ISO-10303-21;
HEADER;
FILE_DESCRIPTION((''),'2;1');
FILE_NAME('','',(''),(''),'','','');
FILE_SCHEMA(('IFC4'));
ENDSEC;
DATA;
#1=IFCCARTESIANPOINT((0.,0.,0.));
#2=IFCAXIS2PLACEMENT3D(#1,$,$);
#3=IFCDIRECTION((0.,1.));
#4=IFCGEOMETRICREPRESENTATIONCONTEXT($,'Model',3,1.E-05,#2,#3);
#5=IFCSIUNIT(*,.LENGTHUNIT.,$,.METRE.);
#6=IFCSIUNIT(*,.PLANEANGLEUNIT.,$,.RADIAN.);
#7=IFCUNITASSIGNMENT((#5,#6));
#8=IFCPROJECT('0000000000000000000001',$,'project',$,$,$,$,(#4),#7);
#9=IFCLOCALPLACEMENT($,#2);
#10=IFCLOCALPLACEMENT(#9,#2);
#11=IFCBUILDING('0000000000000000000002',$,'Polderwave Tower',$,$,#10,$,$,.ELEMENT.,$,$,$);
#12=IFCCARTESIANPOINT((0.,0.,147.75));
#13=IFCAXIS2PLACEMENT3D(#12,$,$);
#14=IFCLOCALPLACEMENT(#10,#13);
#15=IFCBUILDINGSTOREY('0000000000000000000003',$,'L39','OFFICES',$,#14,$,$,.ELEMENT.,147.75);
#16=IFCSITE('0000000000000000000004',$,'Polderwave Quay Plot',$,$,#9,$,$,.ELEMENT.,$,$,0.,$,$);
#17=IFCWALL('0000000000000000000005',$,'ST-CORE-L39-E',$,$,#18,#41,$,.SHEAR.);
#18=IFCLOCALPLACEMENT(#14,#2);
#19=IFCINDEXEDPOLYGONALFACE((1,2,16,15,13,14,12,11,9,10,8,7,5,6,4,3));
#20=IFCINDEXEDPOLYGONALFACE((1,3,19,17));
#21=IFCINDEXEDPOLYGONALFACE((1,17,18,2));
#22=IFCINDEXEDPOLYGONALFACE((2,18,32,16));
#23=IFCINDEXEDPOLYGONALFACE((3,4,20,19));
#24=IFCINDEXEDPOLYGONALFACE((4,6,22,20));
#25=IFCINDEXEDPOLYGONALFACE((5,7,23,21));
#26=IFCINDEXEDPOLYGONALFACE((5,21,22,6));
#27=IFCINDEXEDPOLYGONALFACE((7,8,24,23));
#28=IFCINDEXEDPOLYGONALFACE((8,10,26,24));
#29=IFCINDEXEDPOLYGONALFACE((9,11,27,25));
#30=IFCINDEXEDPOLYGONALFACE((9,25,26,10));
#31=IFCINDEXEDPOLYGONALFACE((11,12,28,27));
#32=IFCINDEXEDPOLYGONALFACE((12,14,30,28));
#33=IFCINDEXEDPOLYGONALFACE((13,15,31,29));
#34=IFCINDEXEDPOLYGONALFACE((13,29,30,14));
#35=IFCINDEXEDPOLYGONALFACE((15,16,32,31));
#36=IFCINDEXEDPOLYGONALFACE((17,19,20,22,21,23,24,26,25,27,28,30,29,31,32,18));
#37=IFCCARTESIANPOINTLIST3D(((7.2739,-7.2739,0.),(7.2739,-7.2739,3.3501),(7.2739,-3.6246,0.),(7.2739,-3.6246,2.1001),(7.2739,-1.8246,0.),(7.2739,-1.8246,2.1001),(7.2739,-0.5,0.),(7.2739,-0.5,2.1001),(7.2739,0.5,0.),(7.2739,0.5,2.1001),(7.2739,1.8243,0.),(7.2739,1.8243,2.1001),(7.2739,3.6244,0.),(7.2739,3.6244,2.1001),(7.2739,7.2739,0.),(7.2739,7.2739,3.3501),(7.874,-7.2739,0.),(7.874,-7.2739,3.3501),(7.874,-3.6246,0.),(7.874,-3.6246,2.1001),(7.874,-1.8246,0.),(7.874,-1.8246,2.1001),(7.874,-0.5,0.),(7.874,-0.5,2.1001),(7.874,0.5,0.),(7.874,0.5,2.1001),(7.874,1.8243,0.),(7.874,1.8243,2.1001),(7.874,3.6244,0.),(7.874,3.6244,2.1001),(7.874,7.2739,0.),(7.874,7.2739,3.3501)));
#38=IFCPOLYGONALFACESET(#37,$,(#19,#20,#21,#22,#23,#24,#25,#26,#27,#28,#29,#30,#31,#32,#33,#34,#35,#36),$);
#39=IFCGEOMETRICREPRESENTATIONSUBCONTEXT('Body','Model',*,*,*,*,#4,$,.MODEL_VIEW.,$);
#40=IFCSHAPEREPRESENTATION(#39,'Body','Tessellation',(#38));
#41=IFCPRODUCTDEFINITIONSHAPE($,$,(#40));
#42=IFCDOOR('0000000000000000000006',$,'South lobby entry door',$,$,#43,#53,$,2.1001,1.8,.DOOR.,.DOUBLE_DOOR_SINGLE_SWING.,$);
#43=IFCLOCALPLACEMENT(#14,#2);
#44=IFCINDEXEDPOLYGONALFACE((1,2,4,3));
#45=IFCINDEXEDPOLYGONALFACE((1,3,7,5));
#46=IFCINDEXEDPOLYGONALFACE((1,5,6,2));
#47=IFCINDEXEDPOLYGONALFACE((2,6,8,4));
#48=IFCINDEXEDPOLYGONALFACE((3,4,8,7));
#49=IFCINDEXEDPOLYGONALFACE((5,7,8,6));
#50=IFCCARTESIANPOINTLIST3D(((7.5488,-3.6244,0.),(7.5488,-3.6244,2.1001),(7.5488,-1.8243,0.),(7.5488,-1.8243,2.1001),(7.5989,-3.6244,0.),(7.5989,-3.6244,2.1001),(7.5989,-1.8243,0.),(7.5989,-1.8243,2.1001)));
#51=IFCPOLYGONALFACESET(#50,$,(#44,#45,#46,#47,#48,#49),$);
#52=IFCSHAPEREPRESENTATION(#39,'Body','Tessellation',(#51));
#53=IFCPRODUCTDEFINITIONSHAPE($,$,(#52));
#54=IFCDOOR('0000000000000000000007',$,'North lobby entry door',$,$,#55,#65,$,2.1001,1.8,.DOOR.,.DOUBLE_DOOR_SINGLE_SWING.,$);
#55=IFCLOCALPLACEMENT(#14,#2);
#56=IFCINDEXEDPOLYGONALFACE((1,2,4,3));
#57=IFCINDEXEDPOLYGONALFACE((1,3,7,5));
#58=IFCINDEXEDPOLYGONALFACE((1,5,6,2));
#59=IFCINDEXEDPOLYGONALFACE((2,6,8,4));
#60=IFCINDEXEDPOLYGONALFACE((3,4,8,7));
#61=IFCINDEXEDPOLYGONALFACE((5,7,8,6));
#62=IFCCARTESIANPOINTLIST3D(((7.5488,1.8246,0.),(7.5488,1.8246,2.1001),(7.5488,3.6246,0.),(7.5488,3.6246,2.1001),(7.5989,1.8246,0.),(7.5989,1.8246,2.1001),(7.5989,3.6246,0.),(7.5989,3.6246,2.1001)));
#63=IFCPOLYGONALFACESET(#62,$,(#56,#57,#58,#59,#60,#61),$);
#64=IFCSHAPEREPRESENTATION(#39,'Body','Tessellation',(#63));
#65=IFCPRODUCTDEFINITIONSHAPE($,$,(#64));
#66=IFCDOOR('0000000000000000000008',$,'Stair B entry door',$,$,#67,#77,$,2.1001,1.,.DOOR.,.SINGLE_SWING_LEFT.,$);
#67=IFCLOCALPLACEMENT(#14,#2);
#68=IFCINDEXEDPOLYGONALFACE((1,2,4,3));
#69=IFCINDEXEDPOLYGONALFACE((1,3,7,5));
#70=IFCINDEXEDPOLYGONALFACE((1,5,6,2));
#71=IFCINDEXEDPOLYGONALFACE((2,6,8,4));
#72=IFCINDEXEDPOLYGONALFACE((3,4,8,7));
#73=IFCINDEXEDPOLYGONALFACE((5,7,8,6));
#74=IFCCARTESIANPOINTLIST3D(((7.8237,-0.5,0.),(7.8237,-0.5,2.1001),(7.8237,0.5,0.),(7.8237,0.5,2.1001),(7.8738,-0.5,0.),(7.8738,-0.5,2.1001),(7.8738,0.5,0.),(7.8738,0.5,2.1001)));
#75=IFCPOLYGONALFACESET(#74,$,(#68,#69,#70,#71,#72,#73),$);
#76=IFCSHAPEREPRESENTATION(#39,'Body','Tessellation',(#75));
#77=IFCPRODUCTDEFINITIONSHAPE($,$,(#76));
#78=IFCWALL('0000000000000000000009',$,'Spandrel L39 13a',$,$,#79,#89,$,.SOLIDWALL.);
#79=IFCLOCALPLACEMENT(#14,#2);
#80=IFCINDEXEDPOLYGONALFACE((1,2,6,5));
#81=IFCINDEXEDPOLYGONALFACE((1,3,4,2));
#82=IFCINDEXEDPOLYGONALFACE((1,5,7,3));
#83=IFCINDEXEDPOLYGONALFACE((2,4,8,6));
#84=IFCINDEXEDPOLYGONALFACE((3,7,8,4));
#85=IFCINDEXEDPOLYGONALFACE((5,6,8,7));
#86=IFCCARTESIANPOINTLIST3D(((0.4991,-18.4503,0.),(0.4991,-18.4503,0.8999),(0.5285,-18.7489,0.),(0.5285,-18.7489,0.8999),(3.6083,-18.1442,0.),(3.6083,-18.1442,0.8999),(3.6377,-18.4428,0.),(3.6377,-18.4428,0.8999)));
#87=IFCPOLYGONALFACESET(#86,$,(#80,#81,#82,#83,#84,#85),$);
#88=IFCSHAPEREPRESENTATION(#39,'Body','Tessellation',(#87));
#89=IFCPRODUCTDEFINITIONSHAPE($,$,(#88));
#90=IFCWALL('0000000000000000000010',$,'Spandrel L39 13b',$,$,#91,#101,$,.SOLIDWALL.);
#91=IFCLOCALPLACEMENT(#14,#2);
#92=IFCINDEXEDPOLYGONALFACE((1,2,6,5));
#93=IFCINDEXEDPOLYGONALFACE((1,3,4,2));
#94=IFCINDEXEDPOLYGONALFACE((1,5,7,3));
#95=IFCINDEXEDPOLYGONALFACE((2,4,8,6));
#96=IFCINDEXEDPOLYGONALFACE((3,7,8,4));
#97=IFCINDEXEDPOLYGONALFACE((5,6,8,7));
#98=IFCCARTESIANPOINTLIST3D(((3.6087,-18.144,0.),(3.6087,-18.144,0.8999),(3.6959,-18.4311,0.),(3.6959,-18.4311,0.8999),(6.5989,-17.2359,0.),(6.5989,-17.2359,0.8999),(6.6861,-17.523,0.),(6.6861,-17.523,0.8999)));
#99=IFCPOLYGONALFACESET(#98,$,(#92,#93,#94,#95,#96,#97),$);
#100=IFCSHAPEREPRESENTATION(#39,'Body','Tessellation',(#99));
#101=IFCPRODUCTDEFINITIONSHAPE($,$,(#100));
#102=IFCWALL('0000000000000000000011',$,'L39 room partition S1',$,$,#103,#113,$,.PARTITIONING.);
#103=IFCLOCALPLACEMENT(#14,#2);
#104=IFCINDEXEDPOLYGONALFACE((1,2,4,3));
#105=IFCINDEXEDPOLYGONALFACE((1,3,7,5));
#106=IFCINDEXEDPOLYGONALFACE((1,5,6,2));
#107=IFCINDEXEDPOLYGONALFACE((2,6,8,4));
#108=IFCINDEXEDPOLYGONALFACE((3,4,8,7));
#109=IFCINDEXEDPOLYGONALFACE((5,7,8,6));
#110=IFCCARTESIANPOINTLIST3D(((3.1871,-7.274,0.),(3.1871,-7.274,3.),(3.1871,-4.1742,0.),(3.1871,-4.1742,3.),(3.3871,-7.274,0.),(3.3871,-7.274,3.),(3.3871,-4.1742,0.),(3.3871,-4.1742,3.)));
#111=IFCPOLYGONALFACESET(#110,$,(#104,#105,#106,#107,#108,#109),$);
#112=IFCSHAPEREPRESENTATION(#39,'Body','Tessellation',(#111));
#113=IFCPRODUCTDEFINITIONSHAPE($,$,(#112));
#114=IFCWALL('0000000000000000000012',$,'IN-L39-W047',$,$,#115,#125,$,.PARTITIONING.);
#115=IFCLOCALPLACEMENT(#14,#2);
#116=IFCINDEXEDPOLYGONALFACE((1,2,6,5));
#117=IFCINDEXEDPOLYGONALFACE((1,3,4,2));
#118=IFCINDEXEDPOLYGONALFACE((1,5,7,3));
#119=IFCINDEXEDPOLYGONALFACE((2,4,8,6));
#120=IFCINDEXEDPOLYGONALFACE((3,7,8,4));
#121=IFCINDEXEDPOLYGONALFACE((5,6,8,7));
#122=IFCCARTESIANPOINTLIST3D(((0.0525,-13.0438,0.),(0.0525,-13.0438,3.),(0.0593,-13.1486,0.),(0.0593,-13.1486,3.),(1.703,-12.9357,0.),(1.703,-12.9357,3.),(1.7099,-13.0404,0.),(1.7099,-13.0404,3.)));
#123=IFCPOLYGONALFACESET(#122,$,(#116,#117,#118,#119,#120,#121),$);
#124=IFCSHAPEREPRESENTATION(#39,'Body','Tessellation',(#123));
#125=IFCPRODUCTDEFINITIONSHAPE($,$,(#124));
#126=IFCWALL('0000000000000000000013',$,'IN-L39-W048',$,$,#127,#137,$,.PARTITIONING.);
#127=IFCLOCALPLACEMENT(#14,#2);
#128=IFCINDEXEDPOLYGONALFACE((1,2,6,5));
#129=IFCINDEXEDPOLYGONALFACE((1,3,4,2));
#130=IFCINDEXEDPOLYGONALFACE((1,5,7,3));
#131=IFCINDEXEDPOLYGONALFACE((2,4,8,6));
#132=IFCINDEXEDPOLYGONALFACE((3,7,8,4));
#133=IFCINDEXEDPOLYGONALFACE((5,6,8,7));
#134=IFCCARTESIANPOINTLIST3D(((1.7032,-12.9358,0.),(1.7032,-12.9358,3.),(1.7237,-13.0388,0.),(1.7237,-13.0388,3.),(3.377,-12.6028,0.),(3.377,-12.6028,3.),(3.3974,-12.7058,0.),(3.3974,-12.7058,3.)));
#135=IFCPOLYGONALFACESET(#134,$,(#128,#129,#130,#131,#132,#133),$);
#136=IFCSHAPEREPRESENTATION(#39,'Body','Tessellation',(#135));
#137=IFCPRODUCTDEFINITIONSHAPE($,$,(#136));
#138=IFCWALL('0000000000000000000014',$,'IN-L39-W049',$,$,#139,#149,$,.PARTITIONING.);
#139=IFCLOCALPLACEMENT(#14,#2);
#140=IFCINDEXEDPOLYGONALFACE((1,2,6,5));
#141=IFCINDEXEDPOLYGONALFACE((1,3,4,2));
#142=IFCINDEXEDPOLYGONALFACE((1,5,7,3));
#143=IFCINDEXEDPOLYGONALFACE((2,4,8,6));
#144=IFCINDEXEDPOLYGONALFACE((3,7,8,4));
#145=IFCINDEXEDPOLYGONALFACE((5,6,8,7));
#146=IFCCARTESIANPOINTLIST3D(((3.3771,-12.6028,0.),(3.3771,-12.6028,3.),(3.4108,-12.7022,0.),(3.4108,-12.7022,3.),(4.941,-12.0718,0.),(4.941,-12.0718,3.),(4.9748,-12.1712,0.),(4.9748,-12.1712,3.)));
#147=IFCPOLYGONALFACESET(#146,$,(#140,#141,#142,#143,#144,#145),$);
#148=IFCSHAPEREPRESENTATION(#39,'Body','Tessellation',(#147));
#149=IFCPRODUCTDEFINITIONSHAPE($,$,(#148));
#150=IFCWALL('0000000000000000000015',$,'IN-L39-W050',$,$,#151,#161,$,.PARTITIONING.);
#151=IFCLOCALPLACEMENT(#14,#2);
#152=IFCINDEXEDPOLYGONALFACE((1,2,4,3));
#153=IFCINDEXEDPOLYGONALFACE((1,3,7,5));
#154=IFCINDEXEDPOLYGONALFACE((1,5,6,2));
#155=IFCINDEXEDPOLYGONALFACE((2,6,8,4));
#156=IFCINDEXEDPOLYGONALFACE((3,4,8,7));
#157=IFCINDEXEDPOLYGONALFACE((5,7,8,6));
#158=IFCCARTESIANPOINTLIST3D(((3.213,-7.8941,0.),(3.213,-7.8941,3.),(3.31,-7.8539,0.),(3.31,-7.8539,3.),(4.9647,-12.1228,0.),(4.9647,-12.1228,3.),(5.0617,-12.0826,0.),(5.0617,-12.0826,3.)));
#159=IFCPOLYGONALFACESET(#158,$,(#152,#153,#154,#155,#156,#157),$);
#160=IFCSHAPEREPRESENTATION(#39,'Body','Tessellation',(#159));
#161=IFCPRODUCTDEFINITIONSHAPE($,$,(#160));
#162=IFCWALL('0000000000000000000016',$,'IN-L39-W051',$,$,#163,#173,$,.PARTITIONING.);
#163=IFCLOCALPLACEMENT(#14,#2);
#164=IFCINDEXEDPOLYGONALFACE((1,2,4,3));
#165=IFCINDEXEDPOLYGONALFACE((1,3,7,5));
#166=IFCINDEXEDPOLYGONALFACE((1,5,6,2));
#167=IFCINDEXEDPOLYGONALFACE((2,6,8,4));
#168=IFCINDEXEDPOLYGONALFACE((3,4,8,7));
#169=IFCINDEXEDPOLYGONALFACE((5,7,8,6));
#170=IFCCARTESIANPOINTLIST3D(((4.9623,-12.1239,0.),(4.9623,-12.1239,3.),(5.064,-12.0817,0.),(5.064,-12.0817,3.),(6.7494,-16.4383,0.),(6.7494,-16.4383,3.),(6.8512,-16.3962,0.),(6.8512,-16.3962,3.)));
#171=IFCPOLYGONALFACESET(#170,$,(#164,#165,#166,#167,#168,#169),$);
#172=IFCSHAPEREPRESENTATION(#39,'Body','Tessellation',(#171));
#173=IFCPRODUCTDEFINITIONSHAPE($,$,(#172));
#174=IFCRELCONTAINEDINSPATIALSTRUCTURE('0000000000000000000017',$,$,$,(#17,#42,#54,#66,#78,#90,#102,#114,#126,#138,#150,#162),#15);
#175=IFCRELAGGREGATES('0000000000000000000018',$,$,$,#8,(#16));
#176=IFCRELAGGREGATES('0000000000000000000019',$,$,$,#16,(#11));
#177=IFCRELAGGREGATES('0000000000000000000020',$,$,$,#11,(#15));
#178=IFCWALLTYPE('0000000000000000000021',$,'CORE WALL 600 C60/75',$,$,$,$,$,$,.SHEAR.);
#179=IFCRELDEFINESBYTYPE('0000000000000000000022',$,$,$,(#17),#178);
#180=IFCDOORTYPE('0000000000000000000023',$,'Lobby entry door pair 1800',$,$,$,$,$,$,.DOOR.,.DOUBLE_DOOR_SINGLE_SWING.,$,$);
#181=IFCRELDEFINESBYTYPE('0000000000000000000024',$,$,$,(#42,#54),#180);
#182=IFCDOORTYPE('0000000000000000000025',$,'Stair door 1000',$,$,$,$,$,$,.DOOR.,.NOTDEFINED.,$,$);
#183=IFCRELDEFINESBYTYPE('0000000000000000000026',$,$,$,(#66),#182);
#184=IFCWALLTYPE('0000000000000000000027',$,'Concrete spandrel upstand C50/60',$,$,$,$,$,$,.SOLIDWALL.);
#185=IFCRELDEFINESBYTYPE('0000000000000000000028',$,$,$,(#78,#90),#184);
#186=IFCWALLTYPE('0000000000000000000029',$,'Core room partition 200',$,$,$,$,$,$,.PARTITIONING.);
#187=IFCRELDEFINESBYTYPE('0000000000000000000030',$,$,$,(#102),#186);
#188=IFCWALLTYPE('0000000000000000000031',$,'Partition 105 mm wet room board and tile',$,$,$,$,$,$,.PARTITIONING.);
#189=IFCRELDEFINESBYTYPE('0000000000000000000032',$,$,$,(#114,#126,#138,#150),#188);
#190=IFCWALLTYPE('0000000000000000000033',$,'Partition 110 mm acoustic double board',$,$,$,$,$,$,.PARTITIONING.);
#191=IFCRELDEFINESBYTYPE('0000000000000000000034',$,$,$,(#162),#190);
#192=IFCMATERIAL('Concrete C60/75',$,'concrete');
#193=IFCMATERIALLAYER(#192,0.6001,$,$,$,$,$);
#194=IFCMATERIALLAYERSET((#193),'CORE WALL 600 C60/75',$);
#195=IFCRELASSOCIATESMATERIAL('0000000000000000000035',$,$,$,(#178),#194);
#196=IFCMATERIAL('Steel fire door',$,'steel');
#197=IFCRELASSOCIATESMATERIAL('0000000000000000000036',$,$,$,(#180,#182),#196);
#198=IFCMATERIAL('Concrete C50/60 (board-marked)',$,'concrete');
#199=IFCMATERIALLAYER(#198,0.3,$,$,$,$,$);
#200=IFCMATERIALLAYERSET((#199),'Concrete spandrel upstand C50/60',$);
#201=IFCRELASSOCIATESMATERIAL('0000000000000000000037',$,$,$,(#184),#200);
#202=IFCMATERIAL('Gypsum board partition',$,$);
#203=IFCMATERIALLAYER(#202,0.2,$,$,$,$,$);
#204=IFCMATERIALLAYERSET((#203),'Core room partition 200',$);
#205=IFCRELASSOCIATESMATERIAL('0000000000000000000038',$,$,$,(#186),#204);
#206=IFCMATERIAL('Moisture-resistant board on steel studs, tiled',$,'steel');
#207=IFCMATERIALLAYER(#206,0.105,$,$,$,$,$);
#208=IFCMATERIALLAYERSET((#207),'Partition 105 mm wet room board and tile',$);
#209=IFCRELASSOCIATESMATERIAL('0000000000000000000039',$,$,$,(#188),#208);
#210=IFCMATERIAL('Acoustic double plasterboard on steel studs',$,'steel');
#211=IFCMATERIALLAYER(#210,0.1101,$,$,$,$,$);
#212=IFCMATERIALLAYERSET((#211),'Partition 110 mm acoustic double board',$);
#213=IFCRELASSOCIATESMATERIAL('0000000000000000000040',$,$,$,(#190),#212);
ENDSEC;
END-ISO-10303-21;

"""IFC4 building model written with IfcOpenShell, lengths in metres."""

from ifc_helpers import new_model, si_unit, direction, frame, frame_2d, origin, place, context, subcontext, project, spatial, rectangle, extrude, material, layer, layer_set, type_object, element, fill, save


model = new_model("IFC4")

# Units and contexts
model_context = context("Model", 3, precision=1e-05, world=origin(), true_north=direction((0.0, 1.0)))
body_context = subcontext(model_context, "Body", "Model", "MODEL_VIEW")
ifc_project = project(units=[si_unit("LENGTHUNIT", "METRE"), si_unit("PLANEANGLEUNIT", "RADIAN")], contexts=[model_context])

# Site, building, storey
site_placement = place(None, origin())
site = spatial("IfcSite", under=ifc_project, at=site_placement, Name="Polderwave Quay Plot", CompositionType="ELEMENT", RefElevation=0.0)
building_placement = place(site_placement, origin())
building = spatial("IfcBuilding", under=site, at=building_placement, Name="Polderwave Tower", CompositionType="ELEMENT")
storey_placement = place(building_placement, frame((0.0, 0.0, 147.75)))
storey = spatial("IfcBuildingStorey", under=building, at=storey_placement, Name="L39", Description="OFFICES", CompositionType="ELEMENT", Elevation=147.75)

# Shared definitions
ifc_material_1 = material(Name="Concrete C60/75", Category="concrete")

# Wall, openings, doors
ifc_layer_1 = layer(ifc_material_1, 0.6001)
ifc_layer_set_1 = layer_set([ifc_layer_1], Name="CORE WALL 600 C60/75")
wall_type_1 = type_object("IfcWallType", Name="CORE WALL 600 C60/75", PredefinedType="SHEAR", material=ifc_layer_set_1)
wall_1_placement = place(storey_placement, frame((7.574, -7.2739, 0.0), z_axis=(0.0, 0.0, 1.0), x_axis=(0.0, 1.0, 0.0)))
wall_1 = element("IfcWall", 1, at=wall_1_placement, inside=storey, type_object=wall_type_1, Name="ST-CORE-L39-E", PredefinedType="SHEAR", context=body_context, shape_type="SweptSolid", body=[
    extrude(rectangle(XDim=14.5479, YDim=0.6001, at=frame_2d((7.2739, 0.0))), origin(), (0.0, 0.0, 1.0), 3.3501),
])
opening_1_placement = place(wall_1_placement, frame((6.7739, 0.0, 0.0)))
opening_1 = element("IfcOpeningElement", 2, at=opening_1_placement, cuts=wall_1, PredefinedType="OPENING", context=body_context, shape_type="SweptSolid", body=[
    extrude(rectangle(XDim=1.0, YDim=2.1001, at=frame_2d((0.5, 1.05))), frame((0.0, 0.3101, 0.0), z_axis=(0.0, -1.0, 0.0), x_axis=(1.0, 0.0, 0.0)), (0.0, 0.0, 1.0), 0.6201),
])
opening_2_placement = place(wall_1_placement, frame((3.6494, 0.0, 0.0)))
opening_2 = element("IfcOpeningElement", 3, at=opening_2_placement, cuts=wall_1, PredefinedType="OPENING", context=body_context, shape_type="SweptSolid", body=[
    extrude(rectangle(XDim=1.8, YDim=2.1001, at=frame_2d((0.8999, 1.05))), frame((0.0, 0.3101, 0.0), z_axis=(0.0, -1.0, 0.0), x_axis=(1.0, 0.0, 0.0)), (0.0, 0.0, 1.0), 0.6201),
])
opening_3_placement = place(wall_1_placement, frame((9.0984, 0.0, 0.0)))
opening_3 = element("IfcOpeningElement", 4, at=opening_3_placement, cuts=wall_1, PredefinedType="OPENING", context=body_context, shape_type="SweptSolid", body=[
    extrude(rectangle(XDim=1.8, YDim=2.1001, at=frame_2d((0.8999, 1.05))), frame((0.0, 0.3101, 0.0), z_axis=(0.0, -1.0, 0.0), x_axis=(1.0, 0.0, 0.0)), (0.0, 0.0, 1.0), 0.6201),
])
ifc_material_2 = material(Name="Steel fire door", Category="steel")
door_type_1 = type_object("IfcDoorType", Name="Lobby entry door pair 1800", OperationType="DOUBLE_DOOR_SINGLE_SWING", PredefinedType="DOOR", material=ifc_material_2)
door_1_placement = place(opening_2_placement, frame((1.8, 0.0, 0.0), z_axis=(0.0, 0.0, 1.0), x_axis=(-1.0, 0.0, 0.0)))
door_1 = element("IfcDoor", 5, at=door_1_placement, inside=storey, type_object=door_type_1, Name="South lobby entry door", OperationType="DOUBLE_DOOR_SINGLE_SWING", OverallHeight=2.1001, OverallWidth=1.8, PredefinedType="DOOR", context=body_context, shape_type="SweptSolid", body=[
    extrude(rectangle(XDim=1.8, YDim=2.1001, at=frame_2d((0.8999, 1.05))), frame((0.0, 0.0249, 0.0), z_axis=(0.0, -1.0, 0.0), x_axis=(1.0, 0.0, 0.0)), (0.0, 0.0, 1.0), 0.05),
])
fill(opening_2, door_1)
door_2_placement = place(opening_3_placement, frame((1.8, 0.0, 0.0), z_axis=(0.0, 0.0, 1.0), x_axis=(-1.0, 0.0, 0.0)))
door_2 = element("IfcDoor", 6, at=door_2_placement, inside=storey, type_object=door_type_1, Name="North lobby entry door", OperationType="DOUBLE_DOOR_SINGLE_SWING", OverallHeight=2.1001, OverallWidth=1.8, PredefinedType="DOOR", context=body_context, shape_type="SweptSolid", body=[
    extrude(rectangle(XDim=1.8, YDim=2.1001, at=frame_2d((0.8999, 1.05))), frame((0.0, 0.0249, 0.0), z_axis=(0.0, -1.0, 0.0), x_axis=(1.0, 0.0, 0.0)), (0.0, 0.0, 1.0), 0.05),
])
fill(opening_3, door_2)
door_type_2 = type_object("IfcDoorType", Name="Stair door 1000", OperationType="NOTDEFINED", PredefinedType="DOOR", material=ifc_material_2)
door_3_placement = place(opening_1_placement, frame((1.0, 0.0, 0.0), z_axis=(0.0, 0.0, 1.0), x_axis=(-1.0, 0.0, 0.0)))
door_3 = element("IfcDoor", 7, at=door_3_placement, inside=storey, type_object=door_type_2, Name="Stair B entry door", OperationType="SINGLE_SWING_LEFT", OverallHeight=2.1001, OverallWidth=1.0, PredefinedType="DOOR", context=body_context, shape_type="SweptSolid", body=[
    extrude(rectangle(XDim=1.0, YDim=2.1001, at=frame_2d((0.5, 1.05))), frame((0.0, 0.2998, 0.0), z_axis=(0.0, -1.0, 0.0), x_axis=(1.0, 0.0, 0.0)), (0.0, 0.0, 1.0), 0.05),
])
fill(opening_1, door_3)

# Walls
ifc_material_3 = material(Name="Concrete C50/60 (board-marked)", Category="concrete")
ifc_layer_2 = layer(ifc_material_3, 0.3)
ifc_layer_set_2 = layer_set([ifc_layer_2], Name="Concrete spandrel upstand C50/60")
wall_type_2 = type_object("IfcWallType", Name="Concrete spandrel upstand C50/60", PredefinedType="SOLIDWALL", material=ifc_layer_set_2)
wall_2_placement = place(storey_placement, frame((0.5139, -18.5996, 0.0), z_axis=(0.0, 0.0, 1.0), x_axis=(0.995187, 0.097995, 0.0)))
element("IfcWall", 8, at=wall_2_placement, inside=storey, type_object=wall_type_2, Name="Spandrel L39 13a", PredefinedType="SOLIDWALL", context=body_context, shape_type="SweptSolid", body=[
    extrude(rectangle(XDim=3.1243, YDim=0.3, at=frame_2d((1.562, 0.0))), origin(), (0.0, 0.0, 1.0), 0.8999),
])
wall_3_placement = place(storey_placement, frame((3.6523, -18.2876, 0.0), z_axis=(0.0, 0.0, 1.0), x_axis=(0.95684, 0.290614, 0.0)))
element("IfcWall", 9, at=wall_3_placement, inside=storey, type_object=wall_type_2, Name="Spandrel L39 13b", PredefinedType="SOLIDWALL", context=body_context, shape_type="SweptSolid", body=[
    extrude(rectangle(XDim=3.125, YDim=0.3, at=frame_2d((1.5625, 0.0))), origin(), (0.0, 0.0, 1.0), 0.8999),
])
ifc_material_4 = material(Name="Gypsum board partition")
ifc_layer_3 = layer(ifc_material_4, 0.2)
ifc_layer_set_3 = layer_set([ifc_layer_3], Name="Core room partition 200")
wall_type_3 = type_object("IfcWallType", Name="Core room partition 200", PredefinedType="PARTITIONING", material=ifc_layer_set_3)
wall_4_placement = place(storey_placement, frame((3.2871, -7.2739, 0.0), z_axis=(0.0, 0.0, 1.0), x_axis=(0.0, 1.0, 0.0)))
element("IfcWall", 10, at=wall_4_placement, inside=storey, type_object=wall_type_3, Name="L39 room partition S1", PredefinedType="PARTITIONING", context=body_context, shape_type="SweptSolid", body=[
    extrude(rectangle(XDim=3.0999, YDim=0.2, at=frame_2d((1.5498, 0.0))), origin(), (0.0, 0.0, 1.0), 3.0),
])
ifc_material_5 = material(Name="Moisture-resistant board on steel studs, tiled", Category="steel")
ifc_layer_4 = layer(ifc_material_5, 0.105)
ifc_layer_set_4 = layer_set([ifc_layer_4], Name="Partition 105 mm wet room board and tile")
wall_type_4 = type_object("IfcWallType", Name="Partition 105 mm wet room board and tile", PredefinedType="PARTITIONING", material=ifc_layer_set_4)
wall_5_placement = place(storey_placement, frame((1.7065, -12.988, 0.0), z_axis=(0.0, 0.0, 1.0), x_axis=(-0.99786, -0.065383, 0.0)))
element("IfcWall", 11, at=wall_5_placement, inside=storey, type_object=wall_type_4, Name="IN-L39-W047", PredefinedType="PARTITIONING", context=body_context, shape_type="SweptSolid", body=[
    extrude(rectangle(XDim=1.6541, YDim=0.105, at=frame_2d((0.8271, 0.0))), origin(), (0.0, 0.0, 1.0), 3.0),
])
wall_6_placement = place(storey_placement, frame((3.3872, -12.6543, 0.0), z_axis=(0.0, 0.0, 1.0), x_axis=(-0.980778, -0.195126, 0.0)))
element("IfcWall", 12, at=wall_6_placement, inside=storey, type_object=wall_type_4, Name="IN-L39-W048", PredefinedType="PARTITIONING", context=body_context, shape_type="SweptSolid", body=[
    extrude(rectangle(XDim=1.7065, YDim=0.105, at=frame_2d((0.8533, 0.0))), origin(), (0.0, 0.0, 1.0), 3.0),
])
wall_7_placement = place(storey_placement, frame((4.9578, -12.1216, 0.0), z_axis=(0.0, 0.0, 1.0), x_axis=(-0.94691, -0.3215, 0.0)))
element("IfcWall", 13, at=wall_7_placement, inside=storey, type_object=wall_type_4, Name="IN-L39-W049", PredefinedType="PARTITIONING", context=body_context, shape_type="SweptSolid", body=[
    extrude(rectangle(XDim=1.6516, YDim=0.105, at=frame_2d((0.8257, 0.0))), origin(), (0.0, 0.0, 1.0), 3.0),
])
wall_8_placement = place(storey_placement, frame((3.2615, -7.874, 0.0), z_axis=(0.0, 0.0, 1.0), x_axis=(0.382702, -0.923872, 0.0)))
element("IfcWall", 14, at=wall_8_placement, inside=storey, type_object=wall_type_4, Name="IN-L39-W050", PredefinedType="PARTITIONING", context=body_context, shape_type="SweptSolid", body=[
    extrude(rectangle(XDim=4.5771, YDim=0.105, at=frame_2d((2.2886, 0.0))), origin(), (0.0, 0.0, 1.0), 3.0),
])
ifc_material_6 = material(Name="Acoustic double plasterboard on steel studs", Category="steel")
ifc_layer_5 = layer(ifc_material_6, 0.1101)
ifc_layer_set_5 = layer_set([ifc_layer_5], Name="Partition 110 mm acoustic double board")
wall_type_5 = type_object("IfcWallType", Name="Partition 110 mm acoustic double board", PredefinedType="PARTITIONING", material=ifc_layer_set_5)
wall_9_placement = place(storey_placement, frame((5.0132, -12.1028, 0.0), z_axis=(0.0, 0.0, 1.0), x_axis=(0.382684, -0.923879, 0.0)))
element("IfcWall", 15, at=wall_9_placement, inside=storey, type_object=wall_type_5, Name="IN-L39-W051", PredefinedType="PARTITIONING", context=body_context, shape_type="SweptSolid", body=[
    extrude(rectangle(XDim=4.6699, YDim=0.1101, at=frame_2d((2.335, 0.0))), origin(), (0.0, 0.0, 1.0), 3.0),
])

save(model, "model.ifc")
